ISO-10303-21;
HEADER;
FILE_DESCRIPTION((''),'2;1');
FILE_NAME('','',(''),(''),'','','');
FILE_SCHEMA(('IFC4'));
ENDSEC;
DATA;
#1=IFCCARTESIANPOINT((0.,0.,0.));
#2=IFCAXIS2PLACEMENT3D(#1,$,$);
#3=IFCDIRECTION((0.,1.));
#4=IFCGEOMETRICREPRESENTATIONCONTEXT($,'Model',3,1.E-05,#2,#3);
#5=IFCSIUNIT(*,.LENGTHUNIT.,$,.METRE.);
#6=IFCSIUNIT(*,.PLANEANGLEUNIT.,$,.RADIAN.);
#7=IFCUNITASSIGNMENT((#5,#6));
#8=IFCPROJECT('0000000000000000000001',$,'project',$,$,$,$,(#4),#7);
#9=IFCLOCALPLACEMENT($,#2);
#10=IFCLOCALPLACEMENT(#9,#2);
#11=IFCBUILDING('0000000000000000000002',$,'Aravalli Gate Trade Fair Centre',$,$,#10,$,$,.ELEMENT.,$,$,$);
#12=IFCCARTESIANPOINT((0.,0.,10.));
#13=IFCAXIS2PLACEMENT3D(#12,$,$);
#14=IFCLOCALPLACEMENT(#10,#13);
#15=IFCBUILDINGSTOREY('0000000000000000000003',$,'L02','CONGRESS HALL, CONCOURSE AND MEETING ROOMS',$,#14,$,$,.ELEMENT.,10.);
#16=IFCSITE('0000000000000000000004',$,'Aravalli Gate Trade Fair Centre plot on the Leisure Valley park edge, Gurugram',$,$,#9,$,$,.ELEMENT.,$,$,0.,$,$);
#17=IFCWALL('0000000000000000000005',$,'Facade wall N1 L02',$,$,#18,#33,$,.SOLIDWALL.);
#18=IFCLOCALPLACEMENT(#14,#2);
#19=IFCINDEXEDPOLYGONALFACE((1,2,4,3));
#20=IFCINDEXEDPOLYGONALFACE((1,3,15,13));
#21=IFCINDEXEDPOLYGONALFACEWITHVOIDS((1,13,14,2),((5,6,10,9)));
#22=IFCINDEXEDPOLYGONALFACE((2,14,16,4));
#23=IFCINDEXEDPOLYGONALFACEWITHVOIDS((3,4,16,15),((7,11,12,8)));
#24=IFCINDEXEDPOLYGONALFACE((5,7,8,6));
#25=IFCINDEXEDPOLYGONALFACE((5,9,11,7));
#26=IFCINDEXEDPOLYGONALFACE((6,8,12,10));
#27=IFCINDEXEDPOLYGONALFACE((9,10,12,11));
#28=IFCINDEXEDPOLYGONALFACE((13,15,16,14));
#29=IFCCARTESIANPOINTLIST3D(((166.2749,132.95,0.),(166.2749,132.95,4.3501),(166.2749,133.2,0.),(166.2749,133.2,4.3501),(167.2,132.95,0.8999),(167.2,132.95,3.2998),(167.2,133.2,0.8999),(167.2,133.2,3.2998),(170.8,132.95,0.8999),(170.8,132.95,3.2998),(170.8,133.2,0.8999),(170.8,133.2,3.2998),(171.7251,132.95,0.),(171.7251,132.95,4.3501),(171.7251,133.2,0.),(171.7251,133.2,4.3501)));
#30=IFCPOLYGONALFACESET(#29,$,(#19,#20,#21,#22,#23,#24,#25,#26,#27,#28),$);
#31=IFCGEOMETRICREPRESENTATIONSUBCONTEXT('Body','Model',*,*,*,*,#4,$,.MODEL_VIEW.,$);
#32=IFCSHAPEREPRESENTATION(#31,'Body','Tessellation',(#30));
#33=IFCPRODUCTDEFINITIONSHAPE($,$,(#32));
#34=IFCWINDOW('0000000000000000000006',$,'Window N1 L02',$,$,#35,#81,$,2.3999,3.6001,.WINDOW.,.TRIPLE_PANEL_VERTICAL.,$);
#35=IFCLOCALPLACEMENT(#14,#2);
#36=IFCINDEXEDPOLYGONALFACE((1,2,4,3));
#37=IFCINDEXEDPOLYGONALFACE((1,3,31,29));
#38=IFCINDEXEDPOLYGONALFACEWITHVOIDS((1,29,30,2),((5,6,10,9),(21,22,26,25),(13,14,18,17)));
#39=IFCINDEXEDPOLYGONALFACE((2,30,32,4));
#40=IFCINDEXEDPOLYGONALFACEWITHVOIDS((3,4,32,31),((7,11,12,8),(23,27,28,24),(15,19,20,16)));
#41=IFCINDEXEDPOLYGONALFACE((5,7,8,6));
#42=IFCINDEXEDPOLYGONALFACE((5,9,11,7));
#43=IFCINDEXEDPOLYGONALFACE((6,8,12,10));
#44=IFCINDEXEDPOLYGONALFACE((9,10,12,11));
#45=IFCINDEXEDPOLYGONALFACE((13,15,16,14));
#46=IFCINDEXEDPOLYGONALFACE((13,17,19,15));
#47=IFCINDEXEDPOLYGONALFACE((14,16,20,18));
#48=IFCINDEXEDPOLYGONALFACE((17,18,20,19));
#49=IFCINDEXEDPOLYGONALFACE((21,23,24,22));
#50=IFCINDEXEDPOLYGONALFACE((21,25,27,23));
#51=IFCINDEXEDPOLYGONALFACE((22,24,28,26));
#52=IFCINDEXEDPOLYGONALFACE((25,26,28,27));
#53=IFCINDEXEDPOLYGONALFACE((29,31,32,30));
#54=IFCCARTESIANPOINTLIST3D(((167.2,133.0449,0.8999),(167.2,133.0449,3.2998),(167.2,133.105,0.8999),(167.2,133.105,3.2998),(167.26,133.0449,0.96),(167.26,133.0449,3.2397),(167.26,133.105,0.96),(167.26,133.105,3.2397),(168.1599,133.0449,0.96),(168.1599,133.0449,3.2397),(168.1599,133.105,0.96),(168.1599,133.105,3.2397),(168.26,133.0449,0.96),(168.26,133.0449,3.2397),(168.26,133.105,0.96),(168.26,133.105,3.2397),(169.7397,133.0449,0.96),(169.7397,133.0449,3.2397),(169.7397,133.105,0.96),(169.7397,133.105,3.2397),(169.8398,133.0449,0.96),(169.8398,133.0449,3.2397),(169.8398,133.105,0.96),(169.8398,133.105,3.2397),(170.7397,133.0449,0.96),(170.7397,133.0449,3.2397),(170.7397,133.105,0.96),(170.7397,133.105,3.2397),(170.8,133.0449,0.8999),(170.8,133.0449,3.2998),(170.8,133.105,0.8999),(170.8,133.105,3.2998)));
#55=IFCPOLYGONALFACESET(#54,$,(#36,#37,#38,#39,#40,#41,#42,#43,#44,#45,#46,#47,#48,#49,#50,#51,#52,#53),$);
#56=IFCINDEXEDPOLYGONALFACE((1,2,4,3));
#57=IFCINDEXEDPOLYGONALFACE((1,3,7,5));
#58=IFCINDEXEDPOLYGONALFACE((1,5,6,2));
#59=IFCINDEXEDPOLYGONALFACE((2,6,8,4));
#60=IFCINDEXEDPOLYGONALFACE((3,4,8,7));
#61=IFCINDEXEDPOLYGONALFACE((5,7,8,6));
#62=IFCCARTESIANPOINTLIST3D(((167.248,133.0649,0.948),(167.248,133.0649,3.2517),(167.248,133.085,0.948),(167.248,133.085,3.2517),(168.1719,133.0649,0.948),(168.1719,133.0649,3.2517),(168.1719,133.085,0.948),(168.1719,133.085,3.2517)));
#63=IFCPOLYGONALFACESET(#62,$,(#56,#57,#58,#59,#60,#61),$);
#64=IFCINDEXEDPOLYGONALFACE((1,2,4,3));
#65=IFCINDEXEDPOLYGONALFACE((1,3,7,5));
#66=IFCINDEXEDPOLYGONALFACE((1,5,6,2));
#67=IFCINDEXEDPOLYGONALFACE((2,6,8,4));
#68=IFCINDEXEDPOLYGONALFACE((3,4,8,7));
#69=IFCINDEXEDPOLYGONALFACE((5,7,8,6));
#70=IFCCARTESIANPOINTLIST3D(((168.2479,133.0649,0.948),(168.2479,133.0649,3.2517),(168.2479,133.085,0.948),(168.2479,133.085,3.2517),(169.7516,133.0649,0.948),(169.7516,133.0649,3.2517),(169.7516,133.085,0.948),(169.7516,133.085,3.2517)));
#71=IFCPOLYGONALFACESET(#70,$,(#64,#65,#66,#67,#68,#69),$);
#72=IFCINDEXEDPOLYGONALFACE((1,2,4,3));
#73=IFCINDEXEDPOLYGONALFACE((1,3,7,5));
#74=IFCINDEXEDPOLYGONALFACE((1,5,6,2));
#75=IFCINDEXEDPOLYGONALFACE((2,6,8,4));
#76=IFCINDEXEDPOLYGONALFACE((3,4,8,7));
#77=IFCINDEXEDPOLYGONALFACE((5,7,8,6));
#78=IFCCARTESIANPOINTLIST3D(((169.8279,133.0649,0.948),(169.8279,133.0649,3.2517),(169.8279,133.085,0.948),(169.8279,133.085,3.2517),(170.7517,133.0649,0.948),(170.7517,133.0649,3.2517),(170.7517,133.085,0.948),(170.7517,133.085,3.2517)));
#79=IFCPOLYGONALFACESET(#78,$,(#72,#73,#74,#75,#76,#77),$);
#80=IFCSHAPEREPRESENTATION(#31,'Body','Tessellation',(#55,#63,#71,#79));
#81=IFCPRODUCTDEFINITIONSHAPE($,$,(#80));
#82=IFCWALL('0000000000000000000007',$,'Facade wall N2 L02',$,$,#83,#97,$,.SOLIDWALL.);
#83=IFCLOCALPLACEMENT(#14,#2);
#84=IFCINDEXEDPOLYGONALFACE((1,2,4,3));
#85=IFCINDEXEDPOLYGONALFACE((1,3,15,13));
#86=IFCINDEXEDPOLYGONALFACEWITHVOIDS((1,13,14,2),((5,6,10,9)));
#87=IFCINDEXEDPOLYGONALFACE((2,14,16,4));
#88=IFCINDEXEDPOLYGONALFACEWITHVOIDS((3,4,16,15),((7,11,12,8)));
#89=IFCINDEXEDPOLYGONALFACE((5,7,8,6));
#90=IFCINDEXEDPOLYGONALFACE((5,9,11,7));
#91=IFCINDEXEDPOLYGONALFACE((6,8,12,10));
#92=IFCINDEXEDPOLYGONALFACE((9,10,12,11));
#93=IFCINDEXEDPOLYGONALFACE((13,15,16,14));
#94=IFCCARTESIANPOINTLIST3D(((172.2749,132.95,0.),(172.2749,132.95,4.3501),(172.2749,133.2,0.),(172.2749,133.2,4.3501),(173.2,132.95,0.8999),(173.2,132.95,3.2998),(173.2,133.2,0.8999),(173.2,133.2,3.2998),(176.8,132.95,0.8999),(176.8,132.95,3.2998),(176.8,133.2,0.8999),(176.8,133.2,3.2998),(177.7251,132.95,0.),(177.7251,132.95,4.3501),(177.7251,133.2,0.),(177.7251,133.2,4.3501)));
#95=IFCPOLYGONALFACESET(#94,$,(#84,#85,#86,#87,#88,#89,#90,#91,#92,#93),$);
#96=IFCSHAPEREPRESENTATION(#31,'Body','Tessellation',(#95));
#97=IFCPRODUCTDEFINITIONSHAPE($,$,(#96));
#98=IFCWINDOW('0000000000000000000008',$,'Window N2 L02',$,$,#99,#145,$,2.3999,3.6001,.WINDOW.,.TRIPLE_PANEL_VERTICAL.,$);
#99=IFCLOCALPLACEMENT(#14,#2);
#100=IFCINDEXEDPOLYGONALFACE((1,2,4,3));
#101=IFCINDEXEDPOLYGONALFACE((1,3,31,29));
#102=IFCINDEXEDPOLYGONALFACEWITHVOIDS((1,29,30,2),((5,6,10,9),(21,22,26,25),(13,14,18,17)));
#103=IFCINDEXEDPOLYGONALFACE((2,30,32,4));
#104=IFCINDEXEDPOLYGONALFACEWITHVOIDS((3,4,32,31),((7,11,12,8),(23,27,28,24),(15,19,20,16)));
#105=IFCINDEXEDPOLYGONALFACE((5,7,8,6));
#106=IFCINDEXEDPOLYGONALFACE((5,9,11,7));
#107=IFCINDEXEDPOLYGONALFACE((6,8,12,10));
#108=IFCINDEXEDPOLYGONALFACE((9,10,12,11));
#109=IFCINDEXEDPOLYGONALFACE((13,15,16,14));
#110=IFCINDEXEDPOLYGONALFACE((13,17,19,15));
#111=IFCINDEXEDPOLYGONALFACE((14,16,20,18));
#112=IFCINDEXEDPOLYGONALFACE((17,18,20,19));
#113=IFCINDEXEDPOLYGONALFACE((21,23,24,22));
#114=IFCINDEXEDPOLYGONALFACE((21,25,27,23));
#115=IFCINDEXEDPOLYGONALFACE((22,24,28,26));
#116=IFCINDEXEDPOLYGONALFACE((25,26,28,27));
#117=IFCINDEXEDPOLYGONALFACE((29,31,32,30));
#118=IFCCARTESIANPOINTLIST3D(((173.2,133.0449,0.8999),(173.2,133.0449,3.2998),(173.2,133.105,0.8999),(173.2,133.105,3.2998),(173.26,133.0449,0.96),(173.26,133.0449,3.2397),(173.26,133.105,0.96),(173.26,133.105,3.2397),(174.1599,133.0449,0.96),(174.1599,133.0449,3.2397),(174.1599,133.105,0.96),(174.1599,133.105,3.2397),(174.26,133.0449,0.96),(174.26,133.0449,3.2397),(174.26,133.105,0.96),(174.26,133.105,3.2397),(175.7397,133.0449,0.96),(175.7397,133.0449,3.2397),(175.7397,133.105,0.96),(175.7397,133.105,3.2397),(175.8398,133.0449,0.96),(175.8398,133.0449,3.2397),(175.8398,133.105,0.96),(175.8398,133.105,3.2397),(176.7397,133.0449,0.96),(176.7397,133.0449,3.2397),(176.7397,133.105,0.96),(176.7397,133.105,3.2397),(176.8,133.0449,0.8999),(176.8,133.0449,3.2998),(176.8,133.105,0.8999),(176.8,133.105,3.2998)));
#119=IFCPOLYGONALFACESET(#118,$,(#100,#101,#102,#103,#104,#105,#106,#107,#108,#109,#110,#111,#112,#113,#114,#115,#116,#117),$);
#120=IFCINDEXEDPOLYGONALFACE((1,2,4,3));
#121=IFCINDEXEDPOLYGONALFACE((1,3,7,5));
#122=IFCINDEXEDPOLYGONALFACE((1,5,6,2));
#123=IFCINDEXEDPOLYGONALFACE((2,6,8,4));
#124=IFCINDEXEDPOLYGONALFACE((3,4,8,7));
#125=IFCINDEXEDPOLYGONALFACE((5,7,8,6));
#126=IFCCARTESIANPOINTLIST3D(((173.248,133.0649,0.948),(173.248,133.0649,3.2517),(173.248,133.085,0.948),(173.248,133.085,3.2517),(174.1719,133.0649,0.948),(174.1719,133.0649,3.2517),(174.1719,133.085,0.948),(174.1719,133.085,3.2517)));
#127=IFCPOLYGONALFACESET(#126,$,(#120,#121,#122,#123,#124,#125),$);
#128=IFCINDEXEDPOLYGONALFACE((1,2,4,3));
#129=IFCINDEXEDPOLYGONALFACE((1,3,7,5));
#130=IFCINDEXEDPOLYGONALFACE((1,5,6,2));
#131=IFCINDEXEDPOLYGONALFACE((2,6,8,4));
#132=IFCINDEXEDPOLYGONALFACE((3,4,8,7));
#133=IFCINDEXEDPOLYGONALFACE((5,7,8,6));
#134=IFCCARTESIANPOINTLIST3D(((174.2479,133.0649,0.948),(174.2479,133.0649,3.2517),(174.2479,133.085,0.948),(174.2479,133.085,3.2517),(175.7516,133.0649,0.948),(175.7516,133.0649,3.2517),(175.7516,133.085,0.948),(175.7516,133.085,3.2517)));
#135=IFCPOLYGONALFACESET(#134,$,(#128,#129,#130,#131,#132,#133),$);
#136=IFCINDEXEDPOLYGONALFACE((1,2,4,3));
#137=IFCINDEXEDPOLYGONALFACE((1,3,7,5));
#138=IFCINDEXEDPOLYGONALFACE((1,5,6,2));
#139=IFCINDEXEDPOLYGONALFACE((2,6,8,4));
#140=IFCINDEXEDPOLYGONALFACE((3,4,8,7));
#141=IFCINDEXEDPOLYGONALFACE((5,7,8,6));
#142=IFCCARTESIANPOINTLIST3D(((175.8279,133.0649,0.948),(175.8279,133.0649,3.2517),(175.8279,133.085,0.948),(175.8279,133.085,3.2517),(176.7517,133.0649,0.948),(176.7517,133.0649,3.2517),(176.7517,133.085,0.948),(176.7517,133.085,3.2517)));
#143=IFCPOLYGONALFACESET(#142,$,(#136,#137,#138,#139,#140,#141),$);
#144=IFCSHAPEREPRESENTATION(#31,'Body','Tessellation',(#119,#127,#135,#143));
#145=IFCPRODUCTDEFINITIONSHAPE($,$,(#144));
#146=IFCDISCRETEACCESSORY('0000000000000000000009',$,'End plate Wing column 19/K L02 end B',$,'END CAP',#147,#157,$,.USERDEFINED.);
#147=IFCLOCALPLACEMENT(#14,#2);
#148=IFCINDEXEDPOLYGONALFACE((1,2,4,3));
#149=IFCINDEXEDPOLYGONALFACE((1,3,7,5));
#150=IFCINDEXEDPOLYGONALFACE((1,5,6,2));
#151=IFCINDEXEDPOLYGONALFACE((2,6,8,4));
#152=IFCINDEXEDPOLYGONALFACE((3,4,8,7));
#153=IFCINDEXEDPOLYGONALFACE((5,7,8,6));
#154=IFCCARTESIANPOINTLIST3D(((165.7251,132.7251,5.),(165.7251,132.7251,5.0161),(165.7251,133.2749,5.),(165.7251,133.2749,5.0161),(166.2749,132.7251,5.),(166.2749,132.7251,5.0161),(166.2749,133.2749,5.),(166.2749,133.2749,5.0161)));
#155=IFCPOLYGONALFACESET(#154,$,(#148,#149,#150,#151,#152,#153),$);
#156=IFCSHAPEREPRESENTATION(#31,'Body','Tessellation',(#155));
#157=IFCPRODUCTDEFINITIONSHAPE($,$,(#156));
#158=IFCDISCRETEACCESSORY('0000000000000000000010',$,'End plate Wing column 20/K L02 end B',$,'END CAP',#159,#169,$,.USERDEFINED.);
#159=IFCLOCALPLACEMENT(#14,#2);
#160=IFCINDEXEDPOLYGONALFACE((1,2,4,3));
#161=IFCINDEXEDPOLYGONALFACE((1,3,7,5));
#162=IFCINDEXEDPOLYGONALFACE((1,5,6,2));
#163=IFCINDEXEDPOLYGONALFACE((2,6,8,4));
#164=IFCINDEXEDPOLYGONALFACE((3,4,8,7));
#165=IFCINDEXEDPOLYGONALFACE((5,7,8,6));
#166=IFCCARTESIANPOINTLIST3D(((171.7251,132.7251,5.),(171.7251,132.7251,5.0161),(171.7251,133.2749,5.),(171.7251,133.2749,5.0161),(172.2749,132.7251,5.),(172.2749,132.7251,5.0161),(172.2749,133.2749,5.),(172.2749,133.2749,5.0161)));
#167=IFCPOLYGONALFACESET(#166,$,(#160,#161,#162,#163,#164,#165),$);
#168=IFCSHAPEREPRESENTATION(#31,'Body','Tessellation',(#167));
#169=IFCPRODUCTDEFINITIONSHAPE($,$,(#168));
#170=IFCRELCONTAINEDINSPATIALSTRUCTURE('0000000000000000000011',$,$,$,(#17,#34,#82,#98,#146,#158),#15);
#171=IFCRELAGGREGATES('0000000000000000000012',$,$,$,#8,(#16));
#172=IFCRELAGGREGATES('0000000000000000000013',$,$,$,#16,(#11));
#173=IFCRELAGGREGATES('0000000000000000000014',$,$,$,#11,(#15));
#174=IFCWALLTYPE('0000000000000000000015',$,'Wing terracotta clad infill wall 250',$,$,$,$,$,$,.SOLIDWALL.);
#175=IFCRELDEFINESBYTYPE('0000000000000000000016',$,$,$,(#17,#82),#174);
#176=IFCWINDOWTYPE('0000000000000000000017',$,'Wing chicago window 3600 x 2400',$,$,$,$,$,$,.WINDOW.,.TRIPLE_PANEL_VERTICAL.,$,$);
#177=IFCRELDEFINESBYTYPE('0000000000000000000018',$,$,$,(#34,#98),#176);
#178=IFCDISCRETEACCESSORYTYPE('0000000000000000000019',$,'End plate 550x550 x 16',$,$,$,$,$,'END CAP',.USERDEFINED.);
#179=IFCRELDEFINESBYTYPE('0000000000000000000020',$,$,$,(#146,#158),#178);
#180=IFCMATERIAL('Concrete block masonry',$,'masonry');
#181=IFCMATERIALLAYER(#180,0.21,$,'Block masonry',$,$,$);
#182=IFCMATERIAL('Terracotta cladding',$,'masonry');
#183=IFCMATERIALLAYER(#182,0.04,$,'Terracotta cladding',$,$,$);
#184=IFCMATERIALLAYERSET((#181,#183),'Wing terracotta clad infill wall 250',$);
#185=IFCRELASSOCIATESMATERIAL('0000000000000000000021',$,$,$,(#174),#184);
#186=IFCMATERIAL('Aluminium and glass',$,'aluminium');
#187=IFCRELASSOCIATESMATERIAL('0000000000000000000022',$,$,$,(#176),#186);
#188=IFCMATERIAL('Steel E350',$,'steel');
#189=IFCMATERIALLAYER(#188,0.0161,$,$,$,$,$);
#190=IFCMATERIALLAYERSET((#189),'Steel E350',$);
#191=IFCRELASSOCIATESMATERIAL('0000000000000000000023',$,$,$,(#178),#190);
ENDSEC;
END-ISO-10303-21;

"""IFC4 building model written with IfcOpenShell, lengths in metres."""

from ifc_helpers import new_model, si_unit, direction, frame, frame_2d, origin, place, context, subcontext, project, spatial, polyline, rectangle, outline, extrude, material, layer, layer_set, type_object, element, fill, save


model = new_model("IFC4")

# Units and contexts
model_context = context("Model", 3, precision=1e-05, world=origin(), true_north=direction((0.0, 1.0)))
body_context = subcontext(model_context, "Body", "Model", "MODEL_VIEW")
ifc_project = project(units=[si_unit("LENGTHUNIT", "METRE"), si_unit("PLANEANGLEUNIT", "RADIAN")], contexts=[model_context])

# Site, building, storey
site_placement = place(None, origin())
site = spatial("IfcSite", under=ifc_project, at=site_placement, Name="Aravalli Gate Trade Fair Centre plot on the Leisure Valley park edge, Gurugram", CompositionType="ELEMENT", RefElevation=0.0)
building_placement = place(site_placement, origin())
building = spatial("IfcBuilding", under=site, at=building_placement, Name="Aravalli Gate Trade Fair Centre", CompositionType="ELEMENT")
storey_placement = place(building_placement, frame((0.0, 0.0, 10.0)))
storey = spatial("IfcBuildingStorey", under=building, at=storey_placement, Name="L02", Description="CONGRESS HALL, CONCOURSE AND MEETING ROOMS", CompositionType="ELEMENT", Elevation=10.0)

# Shared definitions
ifc_material_1 = material(Name="Steel E350", Category="steel")

# Walls, openings, windows
ifc_material_2 = material(Name="Concrete block masonry", Category="masonry")
ifc_layer_1 = layer(ifc_material_2, 0.21, Name="Block masonry")
ifc_material_3 = material(Name="Terracotta cladding", Category="masonry")
ifc_layer_2 = layer(ifc_material_3, 0.04, Name="Terracotta cladding")
ifc_layer_set_1 = layer_set([ifc_layer_1, ifc_layer_2], Name="Wing terracotta clad infill wall 250")
wall_type_1 = type_object("IfcWallType", Name="Wing terracotta clad infill wall 250", PredefinedType="SOLIDWALL", material=ifc_layer_set_1)
ifc_material_4 = material(Name="Aluminium and glass", Category="aluminium")
window_type = type_object("IfcWindowType", Name="Wing chicago window 3600 x 2400", PartitioningType="TRIPLE_PANEL_VERTICAL", PredefinedType="WINDOW", material=ifc_material_4)
wall_1_placement = place(storey_placement, frame((166.2749, 133.075, 0.0), z_axis=(0.0, 0.0, 1.0), x_axis=(1.0, 0.0, 0.0)))
wall_1 = element("IfcWall", 1, at=wall_1_placement, inside=storey, type_object=wall_type_1, Name="Facade wall N1 L02", PredefinedType="SOLIDWALL", context=body_context, shape_type="SweptSolid", body=[
    extrude(rectangle(XDim=5.4502, YDim=0.25, at=frame_2d((2.7251, 0.0))), origin(), (0.0, 0.0, 1.0), 4.3501),
])
opening_1_placement = place(wall_1_placement, frame((0.925, 0.0, 0.8999)))
opening_1 = element("IfcOpeningElement", 2, at=opening_1_placement, cuts=wall_1, PredefinedType="OPENING", context=body_context, shape_type="SweptSolid", body=[
    extrude(rectangle(XDim=3.6001, YDim=2.3999, at=frame_2d((1.8, 1.2))), frame((0.0, 0.135, 0.0), z_axis=(0.0, -1.0, 0.0), x_axis=(1.0, 0.0, 0.0)), (0.0, 0.0, 1.0), 0.27),
])
window_1_placement = place(opening_1_placement, origin())
window_1 = element("IfcWindow", 3, at=window_1_placement, inside=storey, type_object=window_type, Name="Window N1 L02", OverallHeight=2.3999, OverallWidth=3.6001, PartitioningType="TRIPLE_PANEL_VERTICAL", PredefinedType="WINDOW", context=body_context, shape_type="SweptSolid", body=[
    extrude(outline(polyline([(0.0, 0.0), (3.6001, 0.0), (3.6001, 2.3999), (0.0, 2.3999), (0.0, 0.0)]), holes=[polyline([(0.0601, 0.0601), (0.96, 0.0601), (0.96, 2.3398), (0.0601, 2.3398), (0.0601, 0.0601)]), polyline([(1.0601, 0.0601), (2.5398, 0.0601), (2.5398, 2.3398), (1.0601, 2.3398), (1.0601, 0.0601)]), polyline([(2.6399, 0.0601), (3.5398, 0.0601), (3.5398, 2.3398), (2.6399, 2.3398), (2.6399, 0.0601)])]), frame((0.0, 0.03, 0.0), z_axis=(0.0, -1.0, 0.0), x_axis=(1.0, 0.0, 0.0)), (0.0, 0.0, 1.0), 0.0601),
    extrude(rectangle(XDim=0.9238, YDim=2.3037, at=frame_2d((0.51, 1.2))), frame((0.0, 0.01, 0.0), z_axis=(0.0, -1.0, 0.0), x_axis=(1.0, 0.0, 0.0)), (0.0, 0.0, 1.0), 0.02),
    extrude(rectangle(XDim=1.5037, YDim=2.3037, at=frame_2d((1.7998, 1.2))), frame((0.0, 0.01, 0.0), z_axis=(0.0, -1.0, 0.0), x_axis=(1.0, 0.0, 0.0)), (0.0, 0.0, 1.0), 0.02),
    extrude(rectangle(XDim=0.9238, YDim=2.3037, at=frame_2d((3.0898, 1.2))), frame((0.0, 0.01, 0.0), z_axis=(0.0, -1.0, 0.0), x_axis=(1.0, 0.0, 0.0)), (0.0, 0.0, 1.0), 0.02),
])
fill(opening_1, window_1)
wall_2_placement = place(storey_placement, frame((172.2749, 133.075, 0.0), z_axis=(0.0, 0.0, 1.0), x_axis=(1.0, 0.0, 0.0)))
wall_2 = element("IfcWall", 4, at=wall_2_placement, inside=storey, type_object=wall_type_1, Name="Facade wall N2 L02", PredefinedType="SOLIDWALL", context=body_context, shape_type="SweptSolid", body=[
    extrude(rectangle(XDim=5.4502, YDim=0.25, at=frame_2d((2.7251, 0.0))), origin(), (0.0, 0.0, 1.0), 4.3501),
])
opening_2_placement = place(wall_2_placement, frame((0.925, 0.0, 0.8999)))
opening_2 = element("IfcOpeningElement", 5, at=opening_2_placement, cuts=wall_2, PredefinedType="OPENING", context=body_context, shape_type="SweptSolid", body=[
    extrude(rectangle(XDim=3.6001, YDim=2.3999, at=frame_2d((1.8, 1.2))), frame((0.0, 0.135, 0.0), z_axis=(0.0, -1.0, 0.0), x_axis=(1.0, 0.0, 0.0)), (0.0, 0.0, 1.0), 0.27),
])
window_2_placement = place(opening_2_placement, origin())
window_2 = element("IfcWindow", 6, at=window_2_placement, inside=storey, type_object=window_type, Name="Window N2 L02", OverallHeight=2.3999, OverallWidth=3.6001, PartitioningType="TRIPLE_PANEL_VERTICAL", PredefinedType="WINDOW", context=body_context, shape_type="SweptSolid", body=[
    extrude(outline(polyline([(0.0, 0.0), (3.6001, 0.0), (3.6001, 2.3999), (0.0, 2.3999), (0.0, 0.0)]), holes=[polyline([(0.0601, 0.0601), (0.96, 0.0601), (0.96, 2.3398), (0.0601, 2.3398), (0.0601, 0.0601)]), polyline([(1.0601, 0.0601), (2.5398, 0.0601), (2.5398, 2.3398), (1.0601, 2.3398), (1.0601, 0.0601)]), polyline([(2.6399, 0.0601), (3.5398, 0.0601), (3.5398, 2.3398), (2.6399, 2.3398), (2.6399, 0.0601)])]), frame((0.0, 0.03, 0.0), z_axis=(0.0, -1.0, 0.0), x_axis=(1.0, 0.0, 0.0)), (0.0, 0.0, 1.0), 0.0601),
    extrude(rectangle(XDim=0.9238, YDim=2.3037, at=frame_2d((0.51, 1.2))), frame((0.0, 0.01, 0.0), z_axis=(0.0, -1.0, 0.0), x_axis=(1.0, 0.0, 0.0)), (0.0, 0.0, 1.0), 0.02),
    extrude(rectangle(XDim=1.5037, YDim=2.3037, at=frame_2d((1.7998, 1.2))), frame((0.0, 0.01, 0.0), z_axis=(0.0, -1.0, 0.0), x_axis=(1.0, 0.0, 0.0)), (0.0, 0.0, 1.0), 0.02),
    extrude(rectangle(XDim=0.9238, YDim=2.3037, at=frame_2d((3.0898, 1.2))), frame((0.0, 0.01, 0.0), z_axis=(0.0, -1.0, 0.0), x_axis=(1.0, 0.0, 0.0)), (0.0, 0.0, 1.0), 0.02),
])
fill(opening_2, window_2)

# Discrete accessories
ifc_layer_3 = layer(ifc_material_1, 0.0161)
ifc_layer_set_2 = layer_set([ifc_layer_3], Name="Steel E350")
discrete_accessory_type = type_object("IfcDiscreteAccessoryType", Name="End plate 550x550 x 16", ElementType="END CAP", PredefinedType="USERDEFINED", material=ifc_layer_set_2)
for number, where, z_axis, x_axis, name in (
    (7, (165.7251, 132.7251, 5.0161), (0.0, 0.0, 1.0), (1.0, 0.0, 0.0), "End plate Wing column 19/K L02 end B"),
    (8, (171.7251, 132.7251, 5.0161), (0.0, 0.0, 1.0), (1.0, 0.0, 0.0), "End plate Wing column 20/K L02 end B"),
):
    element("IfcDiscreteAccessory", number, at=place(storey_placement, frame(where, z_axis=z_axis, x_axis=x_axis)), inside=storey, type_object=discrete_accessory_type, Name=name, ObjectType="END CAP", PredefinedType="USERDEFINED", context=body_context, shape_type="SweptSolid", body=[
        extrude(outline(polyline([(0.0, 0.0), (0.5498, 0.0), (0.5498, 0.5498), (0.0, 0.5498), (0.0, 0.0)])), origin(), (0.0, 0.0, -1.0), 0.0161),
    ])

save(model, "model.ifc")
